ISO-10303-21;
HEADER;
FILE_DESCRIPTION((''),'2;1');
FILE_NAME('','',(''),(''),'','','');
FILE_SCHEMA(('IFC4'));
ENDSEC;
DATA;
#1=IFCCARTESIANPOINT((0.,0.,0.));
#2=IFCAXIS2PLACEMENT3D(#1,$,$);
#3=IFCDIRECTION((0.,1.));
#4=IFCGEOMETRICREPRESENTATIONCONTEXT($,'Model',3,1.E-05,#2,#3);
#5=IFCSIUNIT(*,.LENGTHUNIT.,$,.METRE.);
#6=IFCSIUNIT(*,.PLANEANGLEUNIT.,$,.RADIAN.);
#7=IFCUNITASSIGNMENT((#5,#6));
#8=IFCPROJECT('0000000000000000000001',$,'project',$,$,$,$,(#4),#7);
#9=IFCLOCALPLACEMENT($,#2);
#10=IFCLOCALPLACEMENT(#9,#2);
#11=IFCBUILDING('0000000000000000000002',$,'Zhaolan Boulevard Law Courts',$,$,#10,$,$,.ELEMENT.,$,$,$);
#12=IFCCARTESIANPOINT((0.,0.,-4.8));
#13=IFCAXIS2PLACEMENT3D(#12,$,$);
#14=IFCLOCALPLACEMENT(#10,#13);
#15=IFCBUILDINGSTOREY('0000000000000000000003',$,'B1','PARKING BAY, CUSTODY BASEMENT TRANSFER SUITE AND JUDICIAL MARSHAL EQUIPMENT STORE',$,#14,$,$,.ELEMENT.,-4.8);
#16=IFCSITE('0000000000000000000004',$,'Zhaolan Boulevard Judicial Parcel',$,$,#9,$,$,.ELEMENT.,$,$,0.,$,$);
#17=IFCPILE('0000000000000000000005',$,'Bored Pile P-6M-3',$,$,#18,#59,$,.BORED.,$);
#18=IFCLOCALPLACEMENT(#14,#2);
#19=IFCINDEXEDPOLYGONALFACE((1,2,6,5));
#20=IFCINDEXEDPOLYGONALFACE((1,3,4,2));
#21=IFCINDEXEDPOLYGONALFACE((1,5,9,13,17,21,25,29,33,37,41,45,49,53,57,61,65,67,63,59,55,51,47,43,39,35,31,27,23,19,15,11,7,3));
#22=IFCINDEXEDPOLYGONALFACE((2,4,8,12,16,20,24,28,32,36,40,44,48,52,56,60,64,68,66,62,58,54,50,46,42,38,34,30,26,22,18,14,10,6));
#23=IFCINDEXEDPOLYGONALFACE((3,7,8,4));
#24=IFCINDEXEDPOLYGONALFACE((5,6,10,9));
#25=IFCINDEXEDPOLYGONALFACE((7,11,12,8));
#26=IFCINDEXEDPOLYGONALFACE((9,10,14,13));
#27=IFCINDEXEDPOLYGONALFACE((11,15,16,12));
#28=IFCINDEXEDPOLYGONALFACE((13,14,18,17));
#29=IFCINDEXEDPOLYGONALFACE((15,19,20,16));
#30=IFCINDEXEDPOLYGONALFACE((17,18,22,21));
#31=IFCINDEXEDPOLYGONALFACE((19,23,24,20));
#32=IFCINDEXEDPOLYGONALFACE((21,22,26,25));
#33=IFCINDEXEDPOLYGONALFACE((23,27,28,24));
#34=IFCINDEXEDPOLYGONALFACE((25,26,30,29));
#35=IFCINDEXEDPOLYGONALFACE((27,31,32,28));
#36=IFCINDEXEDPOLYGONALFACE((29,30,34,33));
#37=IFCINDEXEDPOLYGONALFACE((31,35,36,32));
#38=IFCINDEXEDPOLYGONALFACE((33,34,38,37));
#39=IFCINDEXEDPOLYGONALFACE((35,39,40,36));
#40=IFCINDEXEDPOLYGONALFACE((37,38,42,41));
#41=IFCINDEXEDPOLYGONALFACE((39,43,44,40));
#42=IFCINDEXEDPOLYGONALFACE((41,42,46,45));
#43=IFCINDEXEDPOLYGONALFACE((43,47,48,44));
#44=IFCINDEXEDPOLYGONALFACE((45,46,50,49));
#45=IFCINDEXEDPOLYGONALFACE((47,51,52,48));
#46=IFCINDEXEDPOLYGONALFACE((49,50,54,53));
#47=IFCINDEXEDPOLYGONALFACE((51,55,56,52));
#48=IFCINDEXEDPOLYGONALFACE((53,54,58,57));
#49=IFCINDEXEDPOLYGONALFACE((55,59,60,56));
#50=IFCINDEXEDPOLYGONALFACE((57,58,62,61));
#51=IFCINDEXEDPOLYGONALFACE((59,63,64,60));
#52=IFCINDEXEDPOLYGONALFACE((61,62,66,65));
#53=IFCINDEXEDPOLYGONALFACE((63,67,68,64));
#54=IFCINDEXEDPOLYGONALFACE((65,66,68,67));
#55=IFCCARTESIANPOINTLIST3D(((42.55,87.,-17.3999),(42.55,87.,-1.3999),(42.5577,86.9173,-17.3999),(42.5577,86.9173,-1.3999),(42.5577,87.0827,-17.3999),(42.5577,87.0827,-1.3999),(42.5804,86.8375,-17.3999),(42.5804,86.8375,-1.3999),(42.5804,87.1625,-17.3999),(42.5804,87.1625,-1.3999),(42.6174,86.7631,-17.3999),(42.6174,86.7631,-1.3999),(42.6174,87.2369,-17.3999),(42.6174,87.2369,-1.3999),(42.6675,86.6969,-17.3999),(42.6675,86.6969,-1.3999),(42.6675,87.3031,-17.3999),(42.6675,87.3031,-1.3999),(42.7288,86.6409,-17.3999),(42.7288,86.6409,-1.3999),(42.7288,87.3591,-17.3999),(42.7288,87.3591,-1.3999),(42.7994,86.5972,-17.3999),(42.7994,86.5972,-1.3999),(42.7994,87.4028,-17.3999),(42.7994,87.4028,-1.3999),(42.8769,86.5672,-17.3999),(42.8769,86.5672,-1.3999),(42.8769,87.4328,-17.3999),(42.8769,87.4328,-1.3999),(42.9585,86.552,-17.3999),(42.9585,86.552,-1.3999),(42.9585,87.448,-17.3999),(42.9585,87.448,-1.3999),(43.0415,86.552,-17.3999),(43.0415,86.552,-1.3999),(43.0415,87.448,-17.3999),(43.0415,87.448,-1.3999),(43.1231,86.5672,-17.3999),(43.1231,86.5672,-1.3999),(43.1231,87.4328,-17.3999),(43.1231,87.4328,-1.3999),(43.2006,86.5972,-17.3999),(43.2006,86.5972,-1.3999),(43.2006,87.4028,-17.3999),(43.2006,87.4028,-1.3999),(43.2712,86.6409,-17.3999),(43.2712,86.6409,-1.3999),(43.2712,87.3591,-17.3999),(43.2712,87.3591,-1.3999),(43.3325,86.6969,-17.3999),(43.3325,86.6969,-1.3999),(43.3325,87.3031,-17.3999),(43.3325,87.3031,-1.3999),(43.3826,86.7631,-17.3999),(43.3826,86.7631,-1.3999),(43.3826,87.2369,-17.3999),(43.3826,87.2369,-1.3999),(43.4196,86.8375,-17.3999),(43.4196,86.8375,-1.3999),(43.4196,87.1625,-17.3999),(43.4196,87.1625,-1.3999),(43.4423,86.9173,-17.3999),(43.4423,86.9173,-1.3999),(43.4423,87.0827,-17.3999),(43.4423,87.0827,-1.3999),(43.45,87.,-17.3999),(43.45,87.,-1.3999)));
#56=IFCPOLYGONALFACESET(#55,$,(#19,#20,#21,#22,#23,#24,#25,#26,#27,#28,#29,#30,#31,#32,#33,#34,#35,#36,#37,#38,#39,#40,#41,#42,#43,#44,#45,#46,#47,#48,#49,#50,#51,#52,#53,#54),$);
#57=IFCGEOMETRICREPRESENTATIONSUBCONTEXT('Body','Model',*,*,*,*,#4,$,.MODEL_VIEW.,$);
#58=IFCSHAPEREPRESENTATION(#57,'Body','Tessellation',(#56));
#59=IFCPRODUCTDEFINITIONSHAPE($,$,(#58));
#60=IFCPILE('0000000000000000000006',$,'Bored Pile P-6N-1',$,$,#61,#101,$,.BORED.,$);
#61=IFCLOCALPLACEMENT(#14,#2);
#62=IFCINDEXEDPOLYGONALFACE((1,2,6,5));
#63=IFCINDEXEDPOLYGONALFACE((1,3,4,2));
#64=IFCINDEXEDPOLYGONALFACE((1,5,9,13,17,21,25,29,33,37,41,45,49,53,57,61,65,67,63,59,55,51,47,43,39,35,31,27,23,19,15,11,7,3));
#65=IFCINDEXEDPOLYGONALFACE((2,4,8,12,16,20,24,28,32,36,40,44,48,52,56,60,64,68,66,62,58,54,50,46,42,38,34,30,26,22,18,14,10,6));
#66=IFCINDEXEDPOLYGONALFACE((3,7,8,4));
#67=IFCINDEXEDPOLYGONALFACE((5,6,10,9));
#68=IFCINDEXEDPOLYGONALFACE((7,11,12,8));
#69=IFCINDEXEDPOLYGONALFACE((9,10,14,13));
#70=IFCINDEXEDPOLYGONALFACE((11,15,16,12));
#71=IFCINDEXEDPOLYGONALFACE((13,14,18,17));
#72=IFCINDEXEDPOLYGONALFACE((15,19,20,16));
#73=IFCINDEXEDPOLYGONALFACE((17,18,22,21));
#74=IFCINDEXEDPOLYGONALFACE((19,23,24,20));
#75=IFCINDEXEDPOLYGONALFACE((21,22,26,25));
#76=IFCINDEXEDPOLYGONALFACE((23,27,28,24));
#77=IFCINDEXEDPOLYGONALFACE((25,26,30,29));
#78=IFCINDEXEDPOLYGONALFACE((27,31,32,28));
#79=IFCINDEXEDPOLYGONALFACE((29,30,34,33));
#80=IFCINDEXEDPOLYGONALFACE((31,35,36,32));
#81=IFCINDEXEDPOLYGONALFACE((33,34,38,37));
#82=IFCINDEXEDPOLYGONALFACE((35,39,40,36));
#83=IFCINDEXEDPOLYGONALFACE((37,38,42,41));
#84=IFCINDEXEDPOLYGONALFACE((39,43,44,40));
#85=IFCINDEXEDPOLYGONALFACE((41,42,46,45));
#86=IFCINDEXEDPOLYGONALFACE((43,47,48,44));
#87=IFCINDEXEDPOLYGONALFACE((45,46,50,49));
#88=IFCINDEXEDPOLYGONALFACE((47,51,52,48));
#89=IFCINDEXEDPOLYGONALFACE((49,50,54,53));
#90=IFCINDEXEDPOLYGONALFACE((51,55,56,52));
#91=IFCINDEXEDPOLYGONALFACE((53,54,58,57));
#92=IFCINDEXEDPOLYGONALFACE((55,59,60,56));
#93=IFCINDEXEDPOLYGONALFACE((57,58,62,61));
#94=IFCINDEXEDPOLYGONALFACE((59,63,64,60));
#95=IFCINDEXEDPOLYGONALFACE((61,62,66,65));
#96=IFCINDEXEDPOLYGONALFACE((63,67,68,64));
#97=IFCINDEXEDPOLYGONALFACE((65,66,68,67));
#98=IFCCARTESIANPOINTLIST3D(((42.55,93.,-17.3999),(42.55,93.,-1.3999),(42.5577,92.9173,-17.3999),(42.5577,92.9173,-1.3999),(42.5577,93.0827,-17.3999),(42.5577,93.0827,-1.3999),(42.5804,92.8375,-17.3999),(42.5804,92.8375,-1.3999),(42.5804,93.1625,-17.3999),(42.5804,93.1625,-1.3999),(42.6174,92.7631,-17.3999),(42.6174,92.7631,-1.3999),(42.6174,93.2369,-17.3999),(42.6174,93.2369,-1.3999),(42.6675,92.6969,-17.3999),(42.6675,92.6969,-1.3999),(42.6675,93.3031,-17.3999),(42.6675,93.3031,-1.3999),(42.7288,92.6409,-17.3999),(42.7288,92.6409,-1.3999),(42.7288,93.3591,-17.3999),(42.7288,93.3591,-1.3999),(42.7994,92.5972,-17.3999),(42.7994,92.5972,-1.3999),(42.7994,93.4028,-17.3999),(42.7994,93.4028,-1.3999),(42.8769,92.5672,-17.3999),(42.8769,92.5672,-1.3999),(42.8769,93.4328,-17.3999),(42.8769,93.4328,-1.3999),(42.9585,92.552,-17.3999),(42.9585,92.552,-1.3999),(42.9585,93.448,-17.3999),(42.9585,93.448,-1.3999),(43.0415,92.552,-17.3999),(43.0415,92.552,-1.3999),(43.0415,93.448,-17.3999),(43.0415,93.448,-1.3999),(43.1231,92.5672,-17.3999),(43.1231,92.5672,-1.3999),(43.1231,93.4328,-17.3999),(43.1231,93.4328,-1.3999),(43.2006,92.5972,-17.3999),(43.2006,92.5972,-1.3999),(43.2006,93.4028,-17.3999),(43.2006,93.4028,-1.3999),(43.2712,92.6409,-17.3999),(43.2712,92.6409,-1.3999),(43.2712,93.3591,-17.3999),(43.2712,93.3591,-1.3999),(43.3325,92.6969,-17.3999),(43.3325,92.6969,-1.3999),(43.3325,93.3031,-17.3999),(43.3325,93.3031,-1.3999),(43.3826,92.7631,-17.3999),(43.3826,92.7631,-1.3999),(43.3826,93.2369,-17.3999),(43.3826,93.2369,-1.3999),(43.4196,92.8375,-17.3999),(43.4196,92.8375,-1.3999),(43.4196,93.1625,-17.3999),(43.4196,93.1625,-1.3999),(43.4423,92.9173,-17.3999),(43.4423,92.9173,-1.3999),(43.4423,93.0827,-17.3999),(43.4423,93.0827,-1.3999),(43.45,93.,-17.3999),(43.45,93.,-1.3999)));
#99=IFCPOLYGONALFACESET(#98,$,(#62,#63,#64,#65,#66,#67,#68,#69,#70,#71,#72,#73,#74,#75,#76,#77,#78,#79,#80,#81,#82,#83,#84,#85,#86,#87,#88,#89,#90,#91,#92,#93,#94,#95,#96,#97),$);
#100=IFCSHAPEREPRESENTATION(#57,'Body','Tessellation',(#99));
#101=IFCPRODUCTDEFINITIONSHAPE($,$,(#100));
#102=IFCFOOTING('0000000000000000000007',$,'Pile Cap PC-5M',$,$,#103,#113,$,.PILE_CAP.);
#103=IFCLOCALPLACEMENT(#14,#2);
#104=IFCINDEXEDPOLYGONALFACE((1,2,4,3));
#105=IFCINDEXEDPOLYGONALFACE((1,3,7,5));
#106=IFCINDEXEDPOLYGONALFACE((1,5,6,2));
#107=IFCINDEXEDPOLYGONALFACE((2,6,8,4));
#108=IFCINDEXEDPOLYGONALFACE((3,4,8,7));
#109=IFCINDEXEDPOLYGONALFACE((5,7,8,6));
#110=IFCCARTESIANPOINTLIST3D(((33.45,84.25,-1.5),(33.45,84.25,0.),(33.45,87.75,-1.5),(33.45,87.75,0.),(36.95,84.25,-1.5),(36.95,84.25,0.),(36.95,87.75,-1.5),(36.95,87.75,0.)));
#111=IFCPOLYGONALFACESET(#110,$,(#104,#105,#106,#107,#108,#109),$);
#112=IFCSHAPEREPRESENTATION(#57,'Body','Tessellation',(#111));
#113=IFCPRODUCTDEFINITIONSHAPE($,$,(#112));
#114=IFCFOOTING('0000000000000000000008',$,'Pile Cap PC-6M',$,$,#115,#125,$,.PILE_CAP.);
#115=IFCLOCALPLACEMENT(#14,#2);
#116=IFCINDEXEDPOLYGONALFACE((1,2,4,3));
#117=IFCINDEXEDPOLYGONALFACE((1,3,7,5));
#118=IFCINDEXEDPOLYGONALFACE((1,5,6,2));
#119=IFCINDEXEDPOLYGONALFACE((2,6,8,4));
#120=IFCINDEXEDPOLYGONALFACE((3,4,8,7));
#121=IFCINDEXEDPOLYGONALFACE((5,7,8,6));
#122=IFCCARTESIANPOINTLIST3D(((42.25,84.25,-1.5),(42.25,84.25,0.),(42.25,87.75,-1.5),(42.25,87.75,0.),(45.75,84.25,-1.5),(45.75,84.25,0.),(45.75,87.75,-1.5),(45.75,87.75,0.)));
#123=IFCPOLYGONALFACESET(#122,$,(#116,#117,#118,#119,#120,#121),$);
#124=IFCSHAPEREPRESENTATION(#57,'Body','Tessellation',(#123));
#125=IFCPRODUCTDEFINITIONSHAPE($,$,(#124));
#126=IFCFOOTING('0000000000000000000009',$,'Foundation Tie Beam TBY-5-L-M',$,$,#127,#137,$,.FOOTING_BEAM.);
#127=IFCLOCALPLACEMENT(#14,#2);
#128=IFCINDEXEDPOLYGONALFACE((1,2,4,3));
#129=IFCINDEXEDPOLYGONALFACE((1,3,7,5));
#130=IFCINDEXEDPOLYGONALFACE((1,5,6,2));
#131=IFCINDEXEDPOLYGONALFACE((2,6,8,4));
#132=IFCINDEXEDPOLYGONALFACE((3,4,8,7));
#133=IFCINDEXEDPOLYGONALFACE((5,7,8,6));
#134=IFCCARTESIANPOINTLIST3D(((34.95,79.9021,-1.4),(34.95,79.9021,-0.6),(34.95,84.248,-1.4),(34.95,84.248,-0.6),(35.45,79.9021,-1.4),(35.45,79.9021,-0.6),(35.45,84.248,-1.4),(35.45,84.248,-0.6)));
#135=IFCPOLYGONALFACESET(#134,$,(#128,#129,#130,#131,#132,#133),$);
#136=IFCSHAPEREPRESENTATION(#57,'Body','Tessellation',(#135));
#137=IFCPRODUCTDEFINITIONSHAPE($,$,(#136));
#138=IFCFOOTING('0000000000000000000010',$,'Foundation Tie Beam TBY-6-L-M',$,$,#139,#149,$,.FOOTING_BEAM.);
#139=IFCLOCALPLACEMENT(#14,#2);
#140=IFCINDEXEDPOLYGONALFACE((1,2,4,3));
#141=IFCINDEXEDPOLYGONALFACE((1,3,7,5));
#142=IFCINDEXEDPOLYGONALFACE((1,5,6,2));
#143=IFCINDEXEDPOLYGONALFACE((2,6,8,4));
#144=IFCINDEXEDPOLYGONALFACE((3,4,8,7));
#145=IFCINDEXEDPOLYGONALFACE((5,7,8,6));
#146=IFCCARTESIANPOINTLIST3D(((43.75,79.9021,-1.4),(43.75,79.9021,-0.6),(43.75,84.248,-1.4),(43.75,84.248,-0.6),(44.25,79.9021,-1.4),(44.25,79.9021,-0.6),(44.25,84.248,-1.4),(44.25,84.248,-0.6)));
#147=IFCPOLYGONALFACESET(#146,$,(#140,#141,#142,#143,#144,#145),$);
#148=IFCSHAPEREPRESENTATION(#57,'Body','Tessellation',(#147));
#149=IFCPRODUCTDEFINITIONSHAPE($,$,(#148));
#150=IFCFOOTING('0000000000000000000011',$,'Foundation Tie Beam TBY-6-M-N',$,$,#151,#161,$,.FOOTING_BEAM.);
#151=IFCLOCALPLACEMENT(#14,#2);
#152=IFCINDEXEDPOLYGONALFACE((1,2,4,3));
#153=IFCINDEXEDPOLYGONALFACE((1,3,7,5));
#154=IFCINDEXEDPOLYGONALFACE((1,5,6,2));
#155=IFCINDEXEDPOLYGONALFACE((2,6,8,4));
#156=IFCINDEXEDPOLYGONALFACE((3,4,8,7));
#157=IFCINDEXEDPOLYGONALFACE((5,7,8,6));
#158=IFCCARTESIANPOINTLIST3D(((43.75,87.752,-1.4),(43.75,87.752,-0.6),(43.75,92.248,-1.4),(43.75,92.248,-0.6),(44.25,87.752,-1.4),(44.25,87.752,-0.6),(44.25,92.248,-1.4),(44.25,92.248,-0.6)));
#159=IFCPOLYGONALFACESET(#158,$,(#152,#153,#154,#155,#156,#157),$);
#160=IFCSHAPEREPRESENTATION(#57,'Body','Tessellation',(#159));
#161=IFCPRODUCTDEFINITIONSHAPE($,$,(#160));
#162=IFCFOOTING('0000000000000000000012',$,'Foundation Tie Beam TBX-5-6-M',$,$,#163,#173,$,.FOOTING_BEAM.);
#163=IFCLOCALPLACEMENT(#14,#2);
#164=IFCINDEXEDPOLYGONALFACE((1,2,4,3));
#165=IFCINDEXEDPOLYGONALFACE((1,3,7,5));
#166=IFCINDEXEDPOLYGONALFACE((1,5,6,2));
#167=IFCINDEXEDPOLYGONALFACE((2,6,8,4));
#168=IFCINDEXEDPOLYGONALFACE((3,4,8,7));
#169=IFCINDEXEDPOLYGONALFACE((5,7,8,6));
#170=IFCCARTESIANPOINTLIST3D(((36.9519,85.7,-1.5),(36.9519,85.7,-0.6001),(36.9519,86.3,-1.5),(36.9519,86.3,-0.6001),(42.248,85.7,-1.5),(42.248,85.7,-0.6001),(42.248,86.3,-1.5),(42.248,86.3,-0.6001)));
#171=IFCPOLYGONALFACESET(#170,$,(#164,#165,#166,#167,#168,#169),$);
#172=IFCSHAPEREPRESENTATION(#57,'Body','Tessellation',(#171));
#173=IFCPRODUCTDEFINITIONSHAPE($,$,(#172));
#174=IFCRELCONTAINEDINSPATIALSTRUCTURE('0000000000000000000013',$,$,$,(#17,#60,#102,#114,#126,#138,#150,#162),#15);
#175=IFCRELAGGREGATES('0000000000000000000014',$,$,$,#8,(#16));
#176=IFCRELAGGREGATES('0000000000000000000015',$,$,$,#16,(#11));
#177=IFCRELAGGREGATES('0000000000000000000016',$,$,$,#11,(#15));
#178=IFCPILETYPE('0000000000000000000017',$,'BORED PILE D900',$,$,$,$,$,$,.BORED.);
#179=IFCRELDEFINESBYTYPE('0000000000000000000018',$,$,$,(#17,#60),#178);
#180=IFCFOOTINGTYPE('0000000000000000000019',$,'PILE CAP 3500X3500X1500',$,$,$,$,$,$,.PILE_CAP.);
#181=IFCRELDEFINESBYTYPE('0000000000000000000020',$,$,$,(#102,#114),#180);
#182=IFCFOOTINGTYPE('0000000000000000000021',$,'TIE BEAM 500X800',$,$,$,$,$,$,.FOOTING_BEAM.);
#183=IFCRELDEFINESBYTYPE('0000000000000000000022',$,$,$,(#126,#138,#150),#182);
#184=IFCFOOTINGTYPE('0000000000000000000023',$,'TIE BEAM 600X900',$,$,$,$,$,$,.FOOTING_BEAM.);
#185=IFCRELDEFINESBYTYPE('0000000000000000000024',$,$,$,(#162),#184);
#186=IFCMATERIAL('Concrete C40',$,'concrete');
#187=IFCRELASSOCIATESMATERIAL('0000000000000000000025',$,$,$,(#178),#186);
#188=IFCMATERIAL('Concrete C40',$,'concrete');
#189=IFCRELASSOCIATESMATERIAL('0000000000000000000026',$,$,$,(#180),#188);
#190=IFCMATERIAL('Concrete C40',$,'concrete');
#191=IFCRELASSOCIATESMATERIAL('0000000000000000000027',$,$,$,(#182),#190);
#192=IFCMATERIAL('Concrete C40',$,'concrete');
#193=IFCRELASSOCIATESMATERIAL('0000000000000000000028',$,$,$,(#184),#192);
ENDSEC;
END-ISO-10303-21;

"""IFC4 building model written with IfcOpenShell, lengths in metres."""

from ifc_helpers import new_model, si_unit, direction, frame, origin, origin_2d, place, context, subcontext, project, spatial, rectangle, circle, extrude, material, material_profile, profile_set, type_object, element, save


model = new_model("IFC4")

# Units and contexts
model_context = context("Model", 3, precision=1e-05, world=origin(), true_north=direction((0.0, 1.0)))
body_context = subcontext(model_context, "Body", "Model", "MODEL_VIEW")
ifc_project = project(units=[si_unit("LENGTHUNIT", "METRE"), si_unit("PLANEANGLEUNIT", "RADIAN")], contexts=[model_context])

# Site, building, storey
site_placement = place(None, origin())
site = spatial("IfcSite", under=ifc_project, at=site_placement, Name="Zhaolan Boulevard Judicial Parcel", CompositionType="ELEMENT", RefElevation=0.0)
building_placement = place(site_placement, origin())
building = spatial("IfcBuilding", under=site, at=building_placement, Name="Zhaolan Boulevard Law Courts", CompositionType="ELEMENT")
storey_placement = place(building_placement, frame((0.0, 0.0, -4.8)))
storey = spatial("IfcBuildingStorey", under=building, at=storey_placement, Name="B1", Description="PARKING BAY, CUSTODY BASEMENT TRANSFER SUITE AND JUDICIAL MARSHAL EQUIPMENT STORE", CompositionType="ELEMENT", Elevation=-4.8)

# Piles
ifc_material_1 = material(Name="Concrete C40", Category="concrete")
ifc_material_profile_1 = material_profile(ifc_material_1, circle(Radius=0.45, at=origin_2d()), Name="PILE-D900")
ifc_profile_set_1 = profile_set([ifc_material_profile_1], Name="Concrete C40")
pile_type_1 = type_object("IfcPileType", Name="BORED PILE D900", PredefinedType="BORED", material=ifc_profile_set_1)
for number, where, z_axis, x_axis, name in (
    (1, (43.0, 87.0, -1.3999), (0.0, 0.0, -1.0), (1.0, 0.0, 0.0), "Bored Pile P-6M-3"),
    (2, (43.0, 93.0, -1.3999), (0.0, 0.0, -1.0), (1.0, 0.0, 0.0), "Bored Pile P-6N-1"),
):
    element("IfcPile", number, at=place(storey_placement, frame(where, z_axis=z_axis, x_axis=x_axis)), inside=storey, type_object=pile_type_1, Name=name, PredefinedType="BORED", context=body_context, shape_type="SweptSolid", body=[
        extrude(circle(Radius=0.45, at=origin_2d()), origin(), (0.0, 0.0, 1.0), 16.0),
    ])

# Footings
ifc_material_2 = material(Name="Concrete C40", Category="concrete")
footing_type_1 = type_object("IfcFootingType", Name="PILE CAP 3500X3500X1500", PredefinedType="PILE_CAP", material=ifc_material_2)
for number, where, z_axis, x_axis, name in (
    (3, (35.2, 86.0, -1.5), (0.0, 0.0, 1.0), (1.0, 0.0, 0.0), "Pile Cap PC-5M"),
    (4, (44.0, 86.0, -1.5), (0.0, 0.0, 1.0), (1.0, 0.0, 0.0), "Pile Cap PC-6M"),
):
    element("IfcFooting", number, at=place(storey_placement, frame(where, z_axis=z_axis, x_axis=x_axis)), inside=storey, type_object=footing_type_1, Name=name, PredefinedType="PILE_CAP", context=body_context, shape_type="SweptSolid", body=[
        extrude(rectangle(XDim=3.5, YDim=3.5, at=origin_2d()), origin(), (0.0, 0.0, 1.0), 1.5),
    ])
ifc_material_3 = material(Name="Concrete C40", Category="concrete")
ifc_material_profile_2 = material_profile(ifc_material_3, rectangle(XDim=0.5, YDim=0.8, at=origin_2d()), Name="RC500x800")
ifc_profile_set_2 = profile_set([ifc_material_profile_2], Name="Concrete C40")
footing_type_2 = type_object("IfcFootingType", Name="TIE BEAM 500X800", PredefinedType="FOOTING_BEAM", material=ifc_profile_set_2)
for number, where, z_axis, x_axis, name in (
    (5, (35.2, 79.9021, -1.0), (0.0, 1.0, 0.0), (-1.0, 0.0, 0.0), "Foundation Tie Beam TBY-5-L-M"),
    (6, (44.0, 79.9021, -1.0), (0.0, 1.0, 0.0), (-1.0, 0.0, 0.0), "Foundation Tie Beam TBY-6-L-M"),
):
    element("IfcFooting", number, at=place(storey_placement, frame(where, z_axis=z_axis, x_axis=x_axis)), inside=storey, type_object=footing_type_2, Name=name, PredefinedType="FOOTING_BEAM", context=body_context, shape_type="SweptSolid", body=[
        extrude(rectangle(XDim=0.5, YDim=0.8, at=origin_2d()), origin(), (0.0, 0.0, 1.0), 4.3459),
    ])
footing_1_placement = place(storey_placement, frame((44.0, 87.752, -1.0), z_axis=(0.0, 1.0, 0.0), x_axis=(-1.0, 0.0, 0.0)))
element("IfcFooting", 7, at=footing_1_placement, inside=storey, type_object=footing_type_2, Name="Foundation Tie Beam TBY-6-M-N", PredefinedType="FOOTING_BEAM", context=body_context, shape_type="SweptSolid", body=[
    extrude(rectangle(XDim=0.5, YDim=0.8, at=origin_2d()), origin(), (0.0, 0.0, 1.0), 4.4961),
])
ifc_material_4 = material(Name="Concrete C40", Category="concrete")
ifc_material_profile_3 = material_profile(ifc_material_4, rectangle(XDim=0.6001, YDim=0.8999, at=origin_2d()), Name="RC600x900")
ifc_profile_set_3 = profile_set([ifc_material_profile_3], Name="Concrete C40")
footing_type_3 = type_object("IfcFootingType", Name="TIE BEAM 600X900", PredefinedType="FOOTING_BEAM", material=ifc_profile_set_3)
footing_2_placement = place(storey_placement, frame((36.9519, 86.0, -1.05), z_axis=(1.0, 0.0, 0.0), x_axis=(0.0, 1.0, 0.0)))
element("IfcFooting", 8, at=footing_2_placement, inside=storey, type_object=footing_type_3, Name="Foundation Tie Beam TBX-5-6-M", PredefinedType="FOOTING_BEAM", context=body_context, shape_type="SweptSolid", body=[
    extrude(rectangle(XDim=0.6001, YDim=0.8999, at=origin_2d()), origin(), (0.0, 0.0, 1.0), 5.2961),
])

save(model, "model.ifc")
